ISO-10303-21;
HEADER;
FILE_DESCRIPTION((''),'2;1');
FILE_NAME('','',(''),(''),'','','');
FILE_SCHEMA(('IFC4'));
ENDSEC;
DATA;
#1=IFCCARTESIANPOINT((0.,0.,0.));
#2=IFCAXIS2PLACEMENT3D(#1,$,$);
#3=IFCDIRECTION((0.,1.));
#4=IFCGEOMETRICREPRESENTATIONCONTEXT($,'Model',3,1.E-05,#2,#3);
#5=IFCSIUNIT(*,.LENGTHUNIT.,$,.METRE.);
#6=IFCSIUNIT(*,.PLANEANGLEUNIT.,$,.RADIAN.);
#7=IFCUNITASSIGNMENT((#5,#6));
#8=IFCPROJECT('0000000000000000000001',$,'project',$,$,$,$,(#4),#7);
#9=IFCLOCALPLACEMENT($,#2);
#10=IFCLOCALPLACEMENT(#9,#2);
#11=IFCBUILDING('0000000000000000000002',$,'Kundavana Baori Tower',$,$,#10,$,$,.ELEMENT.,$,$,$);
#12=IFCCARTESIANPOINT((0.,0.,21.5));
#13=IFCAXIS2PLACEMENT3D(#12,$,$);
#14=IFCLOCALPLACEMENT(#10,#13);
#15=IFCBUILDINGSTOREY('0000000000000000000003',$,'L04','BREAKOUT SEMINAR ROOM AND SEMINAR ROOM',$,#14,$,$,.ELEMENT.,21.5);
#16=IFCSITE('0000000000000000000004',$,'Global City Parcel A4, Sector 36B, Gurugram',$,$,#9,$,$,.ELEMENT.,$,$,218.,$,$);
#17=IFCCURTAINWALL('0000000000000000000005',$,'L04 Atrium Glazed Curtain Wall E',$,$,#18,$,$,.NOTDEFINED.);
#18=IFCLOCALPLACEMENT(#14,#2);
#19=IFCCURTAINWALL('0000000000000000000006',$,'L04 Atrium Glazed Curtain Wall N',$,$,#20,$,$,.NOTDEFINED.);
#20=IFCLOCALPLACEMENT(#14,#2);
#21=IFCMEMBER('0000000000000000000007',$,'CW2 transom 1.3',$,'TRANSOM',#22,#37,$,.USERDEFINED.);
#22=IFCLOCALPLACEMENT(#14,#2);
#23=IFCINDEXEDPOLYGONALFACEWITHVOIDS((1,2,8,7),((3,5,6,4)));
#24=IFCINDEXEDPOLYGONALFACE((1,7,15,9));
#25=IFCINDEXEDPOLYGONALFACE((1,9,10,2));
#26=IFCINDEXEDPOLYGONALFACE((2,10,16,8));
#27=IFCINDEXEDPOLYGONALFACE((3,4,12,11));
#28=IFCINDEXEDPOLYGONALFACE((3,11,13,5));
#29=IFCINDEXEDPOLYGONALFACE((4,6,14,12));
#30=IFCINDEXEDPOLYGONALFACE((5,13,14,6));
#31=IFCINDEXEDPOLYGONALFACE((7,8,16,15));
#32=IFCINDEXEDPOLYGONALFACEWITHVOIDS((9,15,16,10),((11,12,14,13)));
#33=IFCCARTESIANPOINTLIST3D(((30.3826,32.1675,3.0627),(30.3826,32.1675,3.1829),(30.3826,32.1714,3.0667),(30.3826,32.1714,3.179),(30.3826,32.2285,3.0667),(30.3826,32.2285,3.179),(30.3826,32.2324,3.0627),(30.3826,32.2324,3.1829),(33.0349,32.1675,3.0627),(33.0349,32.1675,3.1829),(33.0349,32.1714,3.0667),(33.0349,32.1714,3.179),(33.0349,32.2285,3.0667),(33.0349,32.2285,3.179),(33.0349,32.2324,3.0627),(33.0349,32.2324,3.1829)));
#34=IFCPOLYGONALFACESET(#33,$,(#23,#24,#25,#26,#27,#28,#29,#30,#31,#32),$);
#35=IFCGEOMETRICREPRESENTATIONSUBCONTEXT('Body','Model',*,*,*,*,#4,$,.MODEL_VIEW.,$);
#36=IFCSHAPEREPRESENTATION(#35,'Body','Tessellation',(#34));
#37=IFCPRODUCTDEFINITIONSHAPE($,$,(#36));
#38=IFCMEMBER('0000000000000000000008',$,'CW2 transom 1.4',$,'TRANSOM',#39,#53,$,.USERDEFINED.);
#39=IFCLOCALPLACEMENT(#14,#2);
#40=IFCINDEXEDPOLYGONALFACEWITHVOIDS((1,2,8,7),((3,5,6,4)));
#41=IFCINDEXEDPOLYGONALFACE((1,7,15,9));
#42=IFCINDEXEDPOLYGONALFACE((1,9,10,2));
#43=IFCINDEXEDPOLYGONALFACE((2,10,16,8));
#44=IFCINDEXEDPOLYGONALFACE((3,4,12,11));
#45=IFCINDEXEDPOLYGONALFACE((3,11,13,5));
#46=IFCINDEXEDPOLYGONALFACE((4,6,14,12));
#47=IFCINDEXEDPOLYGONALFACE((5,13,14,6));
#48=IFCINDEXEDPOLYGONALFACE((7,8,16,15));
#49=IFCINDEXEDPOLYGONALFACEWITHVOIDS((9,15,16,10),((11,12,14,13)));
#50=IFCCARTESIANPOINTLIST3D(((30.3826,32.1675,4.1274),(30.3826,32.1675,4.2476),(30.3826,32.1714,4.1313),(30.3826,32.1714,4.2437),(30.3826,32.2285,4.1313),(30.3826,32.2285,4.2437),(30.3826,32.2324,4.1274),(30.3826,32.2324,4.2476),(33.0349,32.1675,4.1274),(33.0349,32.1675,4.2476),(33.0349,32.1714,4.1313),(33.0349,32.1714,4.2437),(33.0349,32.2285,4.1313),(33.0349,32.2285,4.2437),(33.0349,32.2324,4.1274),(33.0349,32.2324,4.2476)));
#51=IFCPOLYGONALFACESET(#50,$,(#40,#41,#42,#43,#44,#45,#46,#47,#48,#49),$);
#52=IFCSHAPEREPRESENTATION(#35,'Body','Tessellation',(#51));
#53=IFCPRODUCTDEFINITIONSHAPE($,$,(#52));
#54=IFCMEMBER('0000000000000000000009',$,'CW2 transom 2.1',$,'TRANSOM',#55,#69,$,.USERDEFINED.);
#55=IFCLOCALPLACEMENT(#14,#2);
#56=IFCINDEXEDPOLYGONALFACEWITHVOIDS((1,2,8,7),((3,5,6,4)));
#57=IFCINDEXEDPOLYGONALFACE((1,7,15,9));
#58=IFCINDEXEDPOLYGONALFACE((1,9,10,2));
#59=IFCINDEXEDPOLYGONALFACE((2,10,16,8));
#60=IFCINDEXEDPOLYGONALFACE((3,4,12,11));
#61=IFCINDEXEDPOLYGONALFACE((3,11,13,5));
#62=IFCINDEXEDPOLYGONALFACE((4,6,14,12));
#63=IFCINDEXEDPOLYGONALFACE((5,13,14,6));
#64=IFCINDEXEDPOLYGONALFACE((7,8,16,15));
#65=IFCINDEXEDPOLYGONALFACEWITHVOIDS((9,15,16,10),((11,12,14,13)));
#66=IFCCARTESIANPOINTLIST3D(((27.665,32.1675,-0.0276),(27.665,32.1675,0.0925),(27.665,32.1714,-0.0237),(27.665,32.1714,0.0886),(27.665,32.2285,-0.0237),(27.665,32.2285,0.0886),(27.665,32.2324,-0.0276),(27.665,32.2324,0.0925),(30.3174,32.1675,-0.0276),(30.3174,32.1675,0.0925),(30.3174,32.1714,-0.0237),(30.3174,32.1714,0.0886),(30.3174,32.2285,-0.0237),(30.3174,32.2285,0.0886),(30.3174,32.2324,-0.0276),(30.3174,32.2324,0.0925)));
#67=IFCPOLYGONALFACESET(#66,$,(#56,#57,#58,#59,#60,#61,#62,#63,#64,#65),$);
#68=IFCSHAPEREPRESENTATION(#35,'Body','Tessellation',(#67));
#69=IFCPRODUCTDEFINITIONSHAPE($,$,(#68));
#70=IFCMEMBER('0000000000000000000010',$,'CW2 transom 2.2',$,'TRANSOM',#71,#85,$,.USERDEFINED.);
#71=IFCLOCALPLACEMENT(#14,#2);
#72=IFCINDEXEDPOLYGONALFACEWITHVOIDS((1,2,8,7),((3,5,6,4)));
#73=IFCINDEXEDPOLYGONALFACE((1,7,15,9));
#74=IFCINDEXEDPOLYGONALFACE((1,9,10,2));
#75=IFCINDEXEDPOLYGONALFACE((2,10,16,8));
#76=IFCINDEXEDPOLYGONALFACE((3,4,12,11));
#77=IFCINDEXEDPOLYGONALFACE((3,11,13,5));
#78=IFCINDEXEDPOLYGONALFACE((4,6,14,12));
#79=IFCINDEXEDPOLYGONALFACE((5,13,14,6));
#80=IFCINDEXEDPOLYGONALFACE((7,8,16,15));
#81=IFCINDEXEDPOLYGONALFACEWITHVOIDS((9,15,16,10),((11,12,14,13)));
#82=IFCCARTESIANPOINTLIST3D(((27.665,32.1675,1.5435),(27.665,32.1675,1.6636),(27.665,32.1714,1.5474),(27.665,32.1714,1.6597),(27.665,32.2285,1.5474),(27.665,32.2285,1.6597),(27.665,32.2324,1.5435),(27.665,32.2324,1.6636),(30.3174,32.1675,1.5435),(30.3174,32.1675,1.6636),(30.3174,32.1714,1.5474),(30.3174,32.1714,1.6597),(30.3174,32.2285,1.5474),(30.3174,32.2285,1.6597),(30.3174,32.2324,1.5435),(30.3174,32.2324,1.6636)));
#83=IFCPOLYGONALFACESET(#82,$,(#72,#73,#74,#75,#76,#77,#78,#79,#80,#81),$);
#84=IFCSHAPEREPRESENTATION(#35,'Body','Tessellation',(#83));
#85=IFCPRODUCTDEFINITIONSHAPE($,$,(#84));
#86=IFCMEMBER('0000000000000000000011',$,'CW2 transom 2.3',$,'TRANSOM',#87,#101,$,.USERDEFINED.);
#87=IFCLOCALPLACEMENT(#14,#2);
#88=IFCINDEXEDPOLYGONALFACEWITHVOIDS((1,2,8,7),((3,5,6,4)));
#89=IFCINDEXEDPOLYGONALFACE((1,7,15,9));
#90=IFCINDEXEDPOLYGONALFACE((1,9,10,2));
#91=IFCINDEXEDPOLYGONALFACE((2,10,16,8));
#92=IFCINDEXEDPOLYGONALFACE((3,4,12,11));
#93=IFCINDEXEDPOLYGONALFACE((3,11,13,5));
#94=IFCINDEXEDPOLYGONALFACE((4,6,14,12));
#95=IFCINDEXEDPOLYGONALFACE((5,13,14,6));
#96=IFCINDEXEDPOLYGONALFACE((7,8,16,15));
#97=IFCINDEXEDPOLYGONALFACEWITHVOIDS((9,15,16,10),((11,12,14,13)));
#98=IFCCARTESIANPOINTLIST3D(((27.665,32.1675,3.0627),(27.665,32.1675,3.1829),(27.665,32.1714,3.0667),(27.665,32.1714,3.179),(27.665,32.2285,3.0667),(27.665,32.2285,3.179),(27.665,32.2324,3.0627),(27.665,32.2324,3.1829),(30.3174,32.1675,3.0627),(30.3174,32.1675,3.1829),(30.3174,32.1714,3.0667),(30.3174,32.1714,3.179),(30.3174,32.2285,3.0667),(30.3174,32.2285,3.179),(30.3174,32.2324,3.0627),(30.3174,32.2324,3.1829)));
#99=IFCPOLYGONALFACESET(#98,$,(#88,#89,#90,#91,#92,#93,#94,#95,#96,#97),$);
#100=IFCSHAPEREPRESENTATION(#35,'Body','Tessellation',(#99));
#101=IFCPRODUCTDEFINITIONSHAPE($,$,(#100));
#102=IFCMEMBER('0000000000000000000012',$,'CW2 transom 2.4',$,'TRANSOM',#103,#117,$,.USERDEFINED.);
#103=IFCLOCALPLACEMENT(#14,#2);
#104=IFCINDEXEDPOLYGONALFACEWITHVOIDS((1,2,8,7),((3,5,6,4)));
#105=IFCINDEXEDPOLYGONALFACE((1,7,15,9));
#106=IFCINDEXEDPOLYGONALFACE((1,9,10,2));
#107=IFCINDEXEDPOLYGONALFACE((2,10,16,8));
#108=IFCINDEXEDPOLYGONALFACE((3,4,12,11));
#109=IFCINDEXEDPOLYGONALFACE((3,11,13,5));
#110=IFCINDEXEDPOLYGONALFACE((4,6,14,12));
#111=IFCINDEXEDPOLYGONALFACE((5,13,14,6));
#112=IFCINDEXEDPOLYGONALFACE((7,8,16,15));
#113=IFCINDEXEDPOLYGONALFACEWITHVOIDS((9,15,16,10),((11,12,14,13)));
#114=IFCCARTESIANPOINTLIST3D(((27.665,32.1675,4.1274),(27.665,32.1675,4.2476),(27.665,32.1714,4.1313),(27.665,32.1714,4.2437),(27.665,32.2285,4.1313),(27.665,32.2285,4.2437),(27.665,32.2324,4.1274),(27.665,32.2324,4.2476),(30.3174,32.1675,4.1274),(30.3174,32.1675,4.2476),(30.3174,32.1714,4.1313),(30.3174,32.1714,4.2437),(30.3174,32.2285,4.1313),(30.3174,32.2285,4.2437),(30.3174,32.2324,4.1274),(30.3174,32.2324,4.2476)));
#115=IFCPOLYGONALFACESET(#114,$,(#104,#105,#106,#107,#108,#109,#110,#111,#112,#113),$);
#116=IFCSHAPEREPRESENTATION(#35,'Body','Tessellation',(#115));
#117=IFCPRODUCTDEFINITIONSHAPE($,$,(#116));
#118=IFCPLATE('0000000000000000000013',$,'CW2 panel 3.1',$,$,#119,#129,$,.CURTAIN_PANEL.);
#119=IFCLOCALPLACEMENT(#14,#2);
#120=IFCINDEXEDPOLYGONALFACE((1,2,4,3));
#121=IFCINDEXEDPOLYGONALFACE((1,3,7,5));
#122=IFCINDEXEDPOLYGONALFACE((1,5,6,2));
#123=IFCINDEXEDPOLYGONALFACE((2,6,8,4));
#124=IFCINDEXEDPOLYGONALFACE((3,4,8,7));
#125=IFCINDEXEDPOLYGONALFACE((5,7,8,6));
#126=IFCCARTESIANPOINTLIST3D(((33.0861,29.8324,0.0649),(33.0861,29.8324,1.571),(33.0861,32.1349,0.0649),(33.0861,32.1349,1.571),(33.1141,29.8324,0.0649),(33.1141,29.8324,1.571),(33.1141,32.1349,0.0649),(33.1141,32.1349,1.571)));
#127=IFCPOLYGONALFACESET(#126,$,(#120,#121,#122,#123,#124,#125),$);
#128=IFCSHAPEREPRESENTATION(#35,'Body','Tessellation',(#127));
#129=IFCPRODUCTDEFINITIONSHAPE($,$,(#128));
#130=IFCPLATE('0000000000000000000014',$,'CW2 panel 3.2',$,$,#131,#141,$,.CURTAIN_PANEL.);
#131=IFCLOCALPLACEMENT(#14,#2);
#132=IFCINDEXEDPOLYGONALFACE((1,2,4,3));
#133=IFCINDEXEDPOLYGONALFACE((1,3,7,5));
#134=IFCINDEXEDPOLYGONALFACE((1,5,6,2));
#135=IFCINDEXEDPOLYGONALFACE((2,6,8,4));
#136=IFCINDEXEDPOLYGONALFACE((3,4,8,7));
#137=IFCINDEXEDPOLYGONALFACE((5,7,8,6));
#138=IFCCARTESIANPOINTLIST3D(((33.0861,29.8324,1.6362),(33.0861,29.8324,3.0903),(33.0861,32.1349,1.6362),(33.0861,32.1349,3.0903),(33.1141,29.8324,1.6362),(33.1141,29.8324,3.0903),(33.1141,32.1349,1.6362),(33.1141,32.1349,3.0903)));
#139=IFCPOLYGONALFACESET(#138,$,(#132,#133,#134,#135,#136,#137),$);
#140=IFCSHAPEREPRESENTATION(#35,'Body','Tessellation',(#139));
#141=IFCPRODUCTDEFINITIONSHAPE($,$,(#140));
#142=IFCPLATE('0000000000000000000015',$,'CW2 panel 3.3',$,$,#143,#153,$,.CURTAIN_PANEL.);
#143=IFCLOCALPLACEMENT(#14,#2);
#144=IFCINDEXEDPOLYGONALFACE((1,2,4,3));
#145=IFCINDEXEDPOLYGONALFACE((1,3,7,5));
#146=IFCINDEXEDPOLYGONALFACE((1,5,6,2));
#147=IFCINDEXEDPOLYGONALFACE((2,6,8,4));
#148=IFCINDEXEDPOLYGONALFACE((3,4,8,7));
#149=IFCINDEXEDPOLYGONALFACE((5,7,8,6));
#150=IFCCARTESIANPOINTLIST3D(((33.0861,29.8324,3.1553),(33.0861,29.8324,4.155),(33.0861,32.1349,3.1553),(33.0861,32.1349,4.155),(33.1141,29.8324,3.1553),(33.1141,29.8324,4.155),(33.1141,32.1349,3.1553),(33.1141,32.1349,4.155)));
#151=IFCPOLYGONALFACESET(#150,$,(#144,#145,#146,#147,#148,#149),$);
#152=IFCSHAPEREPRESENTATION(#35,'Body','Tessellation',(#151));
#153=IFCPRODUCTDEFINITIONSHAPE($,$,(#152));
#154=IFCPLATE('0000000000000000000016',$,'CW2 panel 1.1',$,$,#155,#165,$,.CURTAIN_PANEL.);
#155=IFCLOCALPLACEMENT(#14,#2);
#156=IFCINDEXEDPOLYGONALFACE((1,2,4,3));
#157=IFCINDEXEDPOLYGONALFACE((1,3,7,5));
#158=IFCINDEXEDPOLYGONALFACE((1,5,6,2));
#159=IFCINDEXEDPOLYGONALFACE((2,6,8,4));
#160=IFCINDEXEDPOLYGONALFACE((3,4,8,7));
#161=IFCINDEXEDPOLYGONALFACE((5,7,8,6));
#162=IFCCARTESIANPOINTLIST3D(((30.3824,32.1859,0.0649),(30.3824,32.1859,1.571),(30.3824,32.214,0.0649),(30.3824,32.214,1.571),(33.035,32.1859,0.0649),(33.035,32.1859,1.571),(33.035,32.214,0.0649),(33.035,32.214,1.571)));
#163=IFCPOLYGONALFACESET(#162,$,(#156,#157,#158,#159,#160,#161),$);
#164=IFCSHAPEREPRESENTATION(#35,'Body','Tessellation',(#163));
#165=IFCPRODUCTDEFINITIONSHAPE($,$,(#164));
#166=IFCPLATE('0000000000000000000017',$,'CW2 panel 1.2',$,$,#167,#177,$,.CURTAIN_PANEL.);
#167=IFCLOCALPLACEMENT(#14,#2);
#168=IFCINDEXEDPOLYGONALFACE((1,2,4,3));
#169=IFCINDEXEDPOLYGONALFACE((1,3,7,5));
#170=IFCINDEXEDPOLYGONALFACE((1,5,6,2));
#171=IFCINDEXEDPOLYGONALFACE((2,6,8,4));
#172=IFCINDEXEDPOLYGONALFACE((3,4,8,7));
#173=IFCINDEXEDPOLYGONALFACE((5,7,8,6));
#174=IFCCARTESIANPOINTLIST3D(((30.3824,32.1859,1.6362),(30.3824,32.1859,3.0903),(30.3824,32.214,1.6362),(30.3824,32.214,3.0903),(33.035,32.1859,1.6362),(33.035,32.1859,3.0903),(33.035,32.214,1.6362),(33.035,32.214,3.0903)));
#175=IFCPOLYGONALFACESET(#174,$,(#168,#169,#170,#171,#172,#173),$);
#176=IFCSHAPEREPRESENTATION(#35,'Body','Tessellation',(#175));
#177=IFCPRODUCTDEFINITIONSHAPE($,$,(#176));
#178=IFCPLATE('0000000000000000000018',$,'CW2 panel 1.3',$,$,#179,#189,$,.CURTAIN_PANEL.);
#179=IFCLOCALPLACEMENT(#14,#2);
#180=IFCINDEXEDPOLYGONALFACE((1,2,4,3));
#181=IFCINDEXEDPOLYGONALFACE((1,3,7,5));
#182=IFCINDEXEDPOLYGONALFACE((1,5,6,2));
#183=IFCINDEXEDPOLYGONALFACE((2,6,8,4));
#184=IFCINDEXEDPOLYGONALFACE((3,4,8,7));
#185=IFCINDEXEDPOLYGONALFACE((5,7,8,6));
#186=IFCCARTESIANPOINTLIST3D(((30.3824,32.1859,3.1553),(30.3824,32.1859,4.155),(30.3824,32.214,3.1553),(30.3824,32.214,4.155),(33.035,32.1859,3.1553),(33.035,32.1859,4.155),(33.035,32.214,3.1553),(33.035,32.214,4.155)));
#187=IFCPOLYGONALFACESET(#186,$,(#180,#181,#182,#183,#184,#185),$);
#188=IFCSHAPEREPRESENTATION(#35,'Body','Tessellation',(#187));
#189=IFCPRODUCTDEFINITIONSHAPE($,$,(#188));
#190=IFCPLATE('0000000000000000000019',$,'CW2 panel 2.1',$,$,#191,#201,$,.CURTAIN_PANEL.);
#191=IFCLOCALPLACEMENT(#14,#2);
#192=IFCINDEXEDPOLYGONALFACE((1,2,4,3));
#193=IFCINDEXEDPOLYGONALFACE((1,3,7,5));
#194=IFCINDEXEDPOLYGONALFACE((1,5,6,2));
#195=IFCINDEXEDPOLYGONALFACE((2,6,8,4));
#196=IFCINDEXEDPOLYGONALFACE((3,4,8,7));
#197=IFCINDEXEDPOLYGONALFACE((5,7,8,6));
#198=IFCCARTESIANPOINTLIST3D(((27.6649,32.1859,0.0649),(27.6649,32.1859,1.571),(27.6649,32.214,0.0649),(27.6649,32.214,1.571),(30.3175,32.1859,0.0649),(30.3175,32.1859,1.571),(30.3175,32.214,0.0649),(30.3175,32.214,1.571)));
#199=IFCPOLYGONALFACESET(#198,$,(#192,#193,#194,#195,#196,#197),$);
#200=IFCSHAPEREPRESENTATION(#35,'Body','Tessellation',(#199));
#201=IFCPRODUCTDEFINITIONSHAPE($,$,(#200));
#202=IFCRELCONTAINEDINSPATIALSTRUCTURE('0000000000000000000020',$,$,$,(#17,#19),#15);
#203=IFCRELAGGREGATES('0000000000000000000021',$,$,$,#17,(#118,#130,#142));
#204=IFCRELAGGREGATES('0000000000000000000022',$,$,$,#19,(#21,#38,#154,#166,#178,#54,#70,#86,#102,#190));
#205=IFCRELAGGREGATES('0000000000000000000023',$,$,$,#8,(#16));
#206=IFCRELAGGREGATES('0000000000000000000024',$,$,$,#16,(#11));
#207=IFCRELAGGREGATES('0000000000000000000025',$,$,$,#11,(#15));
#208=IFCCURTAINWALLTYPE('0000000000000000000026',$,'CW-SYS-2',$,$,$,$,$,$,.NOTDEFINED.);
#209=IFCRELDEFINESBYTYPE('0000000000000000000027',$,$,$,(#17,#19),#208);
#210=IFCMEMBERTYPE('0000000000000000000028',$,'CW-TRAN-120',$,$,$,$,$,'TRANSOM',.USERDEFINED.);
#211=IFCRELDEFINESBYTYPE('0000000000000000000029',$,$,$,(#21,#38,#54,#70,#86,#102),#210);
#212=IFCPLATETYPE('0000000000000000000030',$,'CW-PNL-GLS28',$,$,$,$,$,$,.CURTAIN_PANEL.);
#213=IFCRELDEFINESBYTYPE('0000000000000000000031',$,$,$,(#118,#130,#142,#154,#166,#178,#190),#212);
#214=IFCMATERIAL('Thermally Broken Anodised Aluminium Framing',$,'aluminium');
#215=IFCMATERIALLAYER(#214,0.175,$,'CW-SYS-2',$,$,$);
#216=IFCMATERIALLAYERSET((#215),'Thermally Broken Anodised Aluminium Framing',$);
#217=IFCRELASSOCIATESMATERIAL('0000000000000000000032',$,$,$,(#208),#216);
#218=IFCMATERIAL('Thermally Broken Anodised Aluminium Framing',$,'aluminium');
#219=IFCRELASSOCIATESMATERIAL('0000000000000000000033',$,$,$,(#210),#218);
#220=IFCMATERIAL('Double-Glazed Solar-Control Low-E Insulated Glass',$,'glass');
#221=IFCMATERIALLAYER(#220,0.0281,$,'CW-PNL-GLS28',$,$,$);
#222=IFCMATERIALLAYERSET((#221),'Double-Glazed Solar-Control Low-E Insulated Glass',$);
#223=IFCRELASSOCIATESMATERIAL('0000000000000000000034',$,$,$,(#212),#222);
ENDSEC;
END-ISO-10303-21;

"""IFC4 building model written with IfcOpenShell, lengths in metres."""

from ifc_helpers import new_model, si_unit, direction, frame, origin, origin_2d, place, context, subcontext, project, spatial, rectangle, hollow_rectangle, extrude, material, layer, layer_set, material_profile, profile_set, type_object, element, aggregate, save


model = new_model("IFC4")

# Units and contexts
model_context = context("Model", 3, precision=1e-05, world=origin(), true_north=direction((0.0, 1.0)))
body_context = subcontext(model_context, "Body", "Model", "MODEL_VIEW")
ifc_project = project(units=[si_unit("LENGTHUNIT", "METRE"), si_unit("PLANEANGLEUNIT", "RADIAN")], contexts=[model_context])

# Site, building, storey
site_placement = place(None, origin())
site = spatial("IfcSite", under=ifc_project, at=site_placement, Name="Global City Parcel A4, Sector 36B, Gurugram", CompositionType="ELEMENT", RefElevation=218.0)
building_placement = place(site_placement, origin())
building = spatial("IfcBuilding", under=site, at=building_placement, Name="Kundavana Baori Tower", CompositionType="ELEMENT")
storey_placement = place(building_placement, frame((0.0, 0.0, 21.5)))
storey = spatial("IfcBuildingStorey", under=building, at=storey_placement, Name="L04", Description="BREAKOUT SEMINAR ROOM AND SEMINAR ROOM", CompositionType="ELEMENT", Elevation=21.5)

# Curtain walls
ifc_material_1 = material(Name="Thermally Broken Anodised Aluminium Framing", Category="aluminium")
ifc_layer_1 = layer(ifc_material_1, 0.175, Name="CW-SYS-2")
ifc_layer_set_1 = layer_set([ifc_layer_1], Name="Thermally Broken Anodised Aluminium Framing")
curtain_wall_type = type_object("IfcCurtainWallType", Name="CW-SYS-2", PredefinedType="NOTDEFINED", material=ifc_layer_set_1)
curtain_wall_1_placement = place(storey_placement, origin())
curtain_wall_1 = element("IfcCurtainWall", 1, at=curtain_wall_1_placement, inside=storey, type_object=curtain_wall_type, Name="L04 Atrium Glazed Curtain Wall E", PredefinedType="NOTDEFINED")
curtain_wall_2_placement = place(storey_placement, origin())
curtain_wall_2 = element("IfcCurtainWall", 2, at=curtain_wall_2_placement, inside=storey, type_object=curtain_wall_type, Name="L04 Atrium Glazed Curtain Wall N", PredefinedType="NOTDEFINED")

# Members
ifc_material_2 = material(Name="Thermally Broken Anodised Aluminium Framing", Category="aluminium")
ifc_material_profile_1 = material_profile(ifc_material_2, hollow_rectangle(XDim=0.0649, YDim=0.1201, WallThickness=0.0039, at=origin_2d()), Name="CW-TRAN-120")
ifc_profile_set_1 = profile_set([ifc_material_profile_1], Name="Thermally Broken Anodised Aluminium Framing")
member_type_1 = type_object("IfcMemberType", Name="CW-TRAN-120", ElementType="TRANSOM", PredefinedType="USERDEFINED", material=ifc_profile_set_1)
member_1_placement = place(storey_placement, frame((33.0349, 32.2, 3.1228), z_axis=(-1.0, 0.0, 0.0), x_axis=(0.0, -1.0, 0.0)))
member_1 = element("IfcMember", 3, at=member_1_placement, type_object=member_type_1, Name="CW2 transom 1.3", ObjectType="TRANSOM", PredefinedType="USERDEFINED", context=body_context, shape_type="SweptSolid", body=[
    extrude(hollow_rectangle(XDim=0.0649, YDim=0.1201, WallThickness=0.0039, at=origin_2d()), origin(), (0.0, 0.0, 1.0), 2.6523),
])
member_2_placement = place(storey_placement, frame((33.0349, 32.2, 4.1875), z_axis=(-1.0, 0.0, 0.0), x_axis=(0.0, -1.0, 0.0)))
member_2 = element("IfcMember", 4, at=member_2_placement, type_object=member_type_1, Name="CW2 transom 1.4", ObjectType="TRANSOM", PredefinedType="USERDEFINED", context=body_context, shape_type="SweptSolid", body=[
    extrude(hollow_rectangle(XDim=0.0649, YDim=0.1201, WallThickness=0.0039, at=origin_2d()), origin(), (0.0, 0.0, 1.0), 2.6523),
])
member_3_placement = place(storey_placement, frame((30.3174, 32.2, 0.0325), z_axis=(-1.0, 0.0, 0.0), x_axis=(0.0, -1.0, 0.0)))
member_3 = element("IfcMember", 5, at=member_3_placement, type_object=member_type_1, Name="CW2 transom 2.1", ObjectType="TRANSOM", PredefinedType="USERDEFINED", context=body_context, shape_type="SweptSolid", body=[
    extrude(hollow_rectangle(XDim=0.0649, YDim=0.1201, WallThickness=0.0039, at=origin_2d()), origin(), (0.0, 0.0, 1.0), 2.6523),
])
member_4_placement = place(storey_placement, frame((30.3174, 32.2, 1.6035), z_axis=(-1.0, 0.0, 0.0), x_axis=(0.0, -1.0, 0.0)))
member_4 = element("IfcMember", 6, at=member_4_placement, type_object=member_type_1, Name="CW2 transom 2.2", ObjectType="TRANSOM", PredefinedType="USERDEFINED", context=body_context, shape_type="SweptSolid", body=[
    extrude(hollow_rectangle(XDim=0.0649, YDim=0.1201, WallThickness=0.0039, at=origin_2d()), origin(), (0.0, 0.0, 1.0), 2.6523),
])
member_5_placement = place(storey_placement, frame((30.3174, 32.2, 3.1228), z_axis=(-1.0, 0.0, 0.0), x_axis=(0.0, -1.0, 0.0)))
member_5 = element("IfcMember", 7, at=member_5_placement, type_object=member_type_1, Name="CW2 transom 2.3", ObjectType="TRANSOM", PredefinedType="USERDEFINED", context=body_context, shape_type="SweptSolid", body=[
    extrude(hollow_rectangle(XDim=0.0649, YDim=0.1201, WallThickness=0.0039, at=origin_2d()), origin(), (0.0, 0.0, 1.0), 2.6523),
])
member_6_placement = place(storey_placement, frame((30.3174, 32.2, 4.1875), z_axis=(-1.0, 0.0, 0.0), x_axis=(0.0, -1.0, 0.0)))
member_6 = element("IfcMember", 8, at=member_6_placement, type_object=member_type_1, Name="CW2 transom 2.4", ObjectType="TRANSOM", PredefinedType="USERDEFINED", context=body_context, shape_type="SweptSolid", body=[
    extrude(hollow_rectangle(XDim=0.0649, YDim=0.1201, WallThickness=0.0039, at=origin_2d()), origin(), (0.0, 0.0, 1.0), 2.6523),
])

# Plates
ifc_material_3 = material(Name="Double-Glazed Solar-Control Low-E Insulated Glass", Category="glass")
ifc_layer_2 = layer(ifc_material_3, 0.0281, Name="CW-PNL-GLS28")
ifc_layer_set_2 = layer_set([ifc_layer_2], Name="Double-Glazed Solar-Control Low-E Insulated Glass")
plate_type = type_object("IfcPlateType", Name="CW-PNL-GLS28", PredefinedType="CURTAIN_PANEL", material=ifc_layer_set_2)
plate_1_placement = place(storey_placement, frame((33.1001, 30.9836, 0.0649), z_axis=(0.0, 0.0, 1.0), x_axis=(0.0, 1.0, 0.0)))
plate_1 = element("IfcPlate", 9, at=plate_1_placement, type_object=plate_type, Name="CW2 panel 3.1", PredefinedType="CURTAIN_PANEL", context=body_context, shape_type="SweptSolid", body=[
    extrude(rectangle(XDim=2.3025, YDim=0.0281, at=origin_2d()), origin(), (0.0, 0.0, 1.0), 1.5061),
])
plate_2_placement = place(storey_placement, frame((33.1001, 30.9836, 1.6362), z_axis=(0.0, 0.0, 1.0), x_axis=(0.0, 1.0, 0.0)))
plate_2 = element("IfcPlate", 10, at=plate_2_placement, type_object=plate_type, Name="CW2 panel 3.2", PredefinedType="CURTAIN_PANEL", context=body_context, shape_type="SweptSolid", body=[
    extrude(rectangle(XDim=2.3025, YDim=0.0281, at=origin_2d()), origin(), (0.0, 0.0, 1.0), 1.4541),
])
plate_3_placement = place(storey_placement, frame((33.1001, 30.9836, 3.1553), z_axis=(0.0, 0.0, 1.0), x_axis=(0.0, 1.0, 0.0)))
plate_3 = element("IfcPlate", 11, at=plate_3_placement, type_object=plate_type, Name="CW2 panel 3.3", PredefinedType="CURTAIN_PANEL", context=body_context, shape_type="SweptSolid", body=[
    extrude(rectangle(XDim=2.3025, YDim=0.0281, at=origin_2d()), origin(), (0.0, 0.0, 1.0), 0.9998),
])
aggregate(curtain_wall_1, [plate_1, plate_2, plate_3])
plate_4_placement = place(storey_placement, frame((31.7087, 32.2, 0.0649), z_axis=(0.0, 0.0, 1.0), x_axis=(-1.0, 0.0, 0.0)))
plate_4 = element("IfcPlate", 12, at=plate_4_placement, type_object=plate_type, Name="CW2 panel 1.1", PredefinedType="CURTAIN_PANEL", context=body_context, shape_type="SweptSolid", body=[
    extrude(rectangle(XDim=2.6526, YDim=0.0281, at=origin_2d()), origin(), (0.0, 0.0, 1.0), 1.5061),
])
plate_5_placement = place(storey_placement, frame((31.7087, 32.2, 1.6362), z_axis=(0.0, 0.0, 1.0), x_axis=(-1.0, 0.0, 0.0)))
plate_5 = element("IfcPlate", 13, at=plate_5_placement, type_object=plate_type, Name="CW2 panel 1.2", PredefinedType="CURTAIN_PANEL", context=body_context, shape_type="SweptSolid", body=[
    extrude(rectangle(XDim=2.6526, YDim=0.0281, at=origin_2d()), origin(), (0.0, 0.0, 1.0), 1.4541),
])
plate_6_placement = place(storey_placement, frame((31.7087, 32.2, 3.1553), z_axis=(0.0, 0.0, 1.0), x_axis=(-1.0, 0.0, 0.0)))
plate_6 = element("IfcPlate", 14, at=plate_6_placement, type_object=plate_type, Name="CW2 panel 1.3", PredefinedType="CURTAIN_PANEL", context=body_context, shape_type="SweptSolid", body=[
    extrude(rectangle(XDim=2.6526, YDim=0.0281, at=origin_2d()), origin(), (0.0, 0.0, 1.0), 0.9998),
])
plate_7_placement = place(storey_placement, frame((28.9912, 32.2, 0.0649), z_axis=(0.0, 0.0, 1.0), x_axis=(-1.0, 0.0, 0.0)))
plate_7 = element("IfcPlate", 15, at=plate_7_placement, type_object=plate_type, Name="CW2 panel 2.1", PredefinedType="CURTAIN_PANEL", context=body_context, shape_type="SweptSolid", body=[
    extrude(rectangle(XDim=2.6526, YDim=0.0281, at=origin_2d()), origin(), (0.0, 0.0, 1.0), 1.5061),
])
aggregate(curtain_wall_2, [member_1, member_2, plate_4, plate_5, plate_6, member_3, member_4, member_5, member_6, plate_7])

save(model, "model.ifc")
